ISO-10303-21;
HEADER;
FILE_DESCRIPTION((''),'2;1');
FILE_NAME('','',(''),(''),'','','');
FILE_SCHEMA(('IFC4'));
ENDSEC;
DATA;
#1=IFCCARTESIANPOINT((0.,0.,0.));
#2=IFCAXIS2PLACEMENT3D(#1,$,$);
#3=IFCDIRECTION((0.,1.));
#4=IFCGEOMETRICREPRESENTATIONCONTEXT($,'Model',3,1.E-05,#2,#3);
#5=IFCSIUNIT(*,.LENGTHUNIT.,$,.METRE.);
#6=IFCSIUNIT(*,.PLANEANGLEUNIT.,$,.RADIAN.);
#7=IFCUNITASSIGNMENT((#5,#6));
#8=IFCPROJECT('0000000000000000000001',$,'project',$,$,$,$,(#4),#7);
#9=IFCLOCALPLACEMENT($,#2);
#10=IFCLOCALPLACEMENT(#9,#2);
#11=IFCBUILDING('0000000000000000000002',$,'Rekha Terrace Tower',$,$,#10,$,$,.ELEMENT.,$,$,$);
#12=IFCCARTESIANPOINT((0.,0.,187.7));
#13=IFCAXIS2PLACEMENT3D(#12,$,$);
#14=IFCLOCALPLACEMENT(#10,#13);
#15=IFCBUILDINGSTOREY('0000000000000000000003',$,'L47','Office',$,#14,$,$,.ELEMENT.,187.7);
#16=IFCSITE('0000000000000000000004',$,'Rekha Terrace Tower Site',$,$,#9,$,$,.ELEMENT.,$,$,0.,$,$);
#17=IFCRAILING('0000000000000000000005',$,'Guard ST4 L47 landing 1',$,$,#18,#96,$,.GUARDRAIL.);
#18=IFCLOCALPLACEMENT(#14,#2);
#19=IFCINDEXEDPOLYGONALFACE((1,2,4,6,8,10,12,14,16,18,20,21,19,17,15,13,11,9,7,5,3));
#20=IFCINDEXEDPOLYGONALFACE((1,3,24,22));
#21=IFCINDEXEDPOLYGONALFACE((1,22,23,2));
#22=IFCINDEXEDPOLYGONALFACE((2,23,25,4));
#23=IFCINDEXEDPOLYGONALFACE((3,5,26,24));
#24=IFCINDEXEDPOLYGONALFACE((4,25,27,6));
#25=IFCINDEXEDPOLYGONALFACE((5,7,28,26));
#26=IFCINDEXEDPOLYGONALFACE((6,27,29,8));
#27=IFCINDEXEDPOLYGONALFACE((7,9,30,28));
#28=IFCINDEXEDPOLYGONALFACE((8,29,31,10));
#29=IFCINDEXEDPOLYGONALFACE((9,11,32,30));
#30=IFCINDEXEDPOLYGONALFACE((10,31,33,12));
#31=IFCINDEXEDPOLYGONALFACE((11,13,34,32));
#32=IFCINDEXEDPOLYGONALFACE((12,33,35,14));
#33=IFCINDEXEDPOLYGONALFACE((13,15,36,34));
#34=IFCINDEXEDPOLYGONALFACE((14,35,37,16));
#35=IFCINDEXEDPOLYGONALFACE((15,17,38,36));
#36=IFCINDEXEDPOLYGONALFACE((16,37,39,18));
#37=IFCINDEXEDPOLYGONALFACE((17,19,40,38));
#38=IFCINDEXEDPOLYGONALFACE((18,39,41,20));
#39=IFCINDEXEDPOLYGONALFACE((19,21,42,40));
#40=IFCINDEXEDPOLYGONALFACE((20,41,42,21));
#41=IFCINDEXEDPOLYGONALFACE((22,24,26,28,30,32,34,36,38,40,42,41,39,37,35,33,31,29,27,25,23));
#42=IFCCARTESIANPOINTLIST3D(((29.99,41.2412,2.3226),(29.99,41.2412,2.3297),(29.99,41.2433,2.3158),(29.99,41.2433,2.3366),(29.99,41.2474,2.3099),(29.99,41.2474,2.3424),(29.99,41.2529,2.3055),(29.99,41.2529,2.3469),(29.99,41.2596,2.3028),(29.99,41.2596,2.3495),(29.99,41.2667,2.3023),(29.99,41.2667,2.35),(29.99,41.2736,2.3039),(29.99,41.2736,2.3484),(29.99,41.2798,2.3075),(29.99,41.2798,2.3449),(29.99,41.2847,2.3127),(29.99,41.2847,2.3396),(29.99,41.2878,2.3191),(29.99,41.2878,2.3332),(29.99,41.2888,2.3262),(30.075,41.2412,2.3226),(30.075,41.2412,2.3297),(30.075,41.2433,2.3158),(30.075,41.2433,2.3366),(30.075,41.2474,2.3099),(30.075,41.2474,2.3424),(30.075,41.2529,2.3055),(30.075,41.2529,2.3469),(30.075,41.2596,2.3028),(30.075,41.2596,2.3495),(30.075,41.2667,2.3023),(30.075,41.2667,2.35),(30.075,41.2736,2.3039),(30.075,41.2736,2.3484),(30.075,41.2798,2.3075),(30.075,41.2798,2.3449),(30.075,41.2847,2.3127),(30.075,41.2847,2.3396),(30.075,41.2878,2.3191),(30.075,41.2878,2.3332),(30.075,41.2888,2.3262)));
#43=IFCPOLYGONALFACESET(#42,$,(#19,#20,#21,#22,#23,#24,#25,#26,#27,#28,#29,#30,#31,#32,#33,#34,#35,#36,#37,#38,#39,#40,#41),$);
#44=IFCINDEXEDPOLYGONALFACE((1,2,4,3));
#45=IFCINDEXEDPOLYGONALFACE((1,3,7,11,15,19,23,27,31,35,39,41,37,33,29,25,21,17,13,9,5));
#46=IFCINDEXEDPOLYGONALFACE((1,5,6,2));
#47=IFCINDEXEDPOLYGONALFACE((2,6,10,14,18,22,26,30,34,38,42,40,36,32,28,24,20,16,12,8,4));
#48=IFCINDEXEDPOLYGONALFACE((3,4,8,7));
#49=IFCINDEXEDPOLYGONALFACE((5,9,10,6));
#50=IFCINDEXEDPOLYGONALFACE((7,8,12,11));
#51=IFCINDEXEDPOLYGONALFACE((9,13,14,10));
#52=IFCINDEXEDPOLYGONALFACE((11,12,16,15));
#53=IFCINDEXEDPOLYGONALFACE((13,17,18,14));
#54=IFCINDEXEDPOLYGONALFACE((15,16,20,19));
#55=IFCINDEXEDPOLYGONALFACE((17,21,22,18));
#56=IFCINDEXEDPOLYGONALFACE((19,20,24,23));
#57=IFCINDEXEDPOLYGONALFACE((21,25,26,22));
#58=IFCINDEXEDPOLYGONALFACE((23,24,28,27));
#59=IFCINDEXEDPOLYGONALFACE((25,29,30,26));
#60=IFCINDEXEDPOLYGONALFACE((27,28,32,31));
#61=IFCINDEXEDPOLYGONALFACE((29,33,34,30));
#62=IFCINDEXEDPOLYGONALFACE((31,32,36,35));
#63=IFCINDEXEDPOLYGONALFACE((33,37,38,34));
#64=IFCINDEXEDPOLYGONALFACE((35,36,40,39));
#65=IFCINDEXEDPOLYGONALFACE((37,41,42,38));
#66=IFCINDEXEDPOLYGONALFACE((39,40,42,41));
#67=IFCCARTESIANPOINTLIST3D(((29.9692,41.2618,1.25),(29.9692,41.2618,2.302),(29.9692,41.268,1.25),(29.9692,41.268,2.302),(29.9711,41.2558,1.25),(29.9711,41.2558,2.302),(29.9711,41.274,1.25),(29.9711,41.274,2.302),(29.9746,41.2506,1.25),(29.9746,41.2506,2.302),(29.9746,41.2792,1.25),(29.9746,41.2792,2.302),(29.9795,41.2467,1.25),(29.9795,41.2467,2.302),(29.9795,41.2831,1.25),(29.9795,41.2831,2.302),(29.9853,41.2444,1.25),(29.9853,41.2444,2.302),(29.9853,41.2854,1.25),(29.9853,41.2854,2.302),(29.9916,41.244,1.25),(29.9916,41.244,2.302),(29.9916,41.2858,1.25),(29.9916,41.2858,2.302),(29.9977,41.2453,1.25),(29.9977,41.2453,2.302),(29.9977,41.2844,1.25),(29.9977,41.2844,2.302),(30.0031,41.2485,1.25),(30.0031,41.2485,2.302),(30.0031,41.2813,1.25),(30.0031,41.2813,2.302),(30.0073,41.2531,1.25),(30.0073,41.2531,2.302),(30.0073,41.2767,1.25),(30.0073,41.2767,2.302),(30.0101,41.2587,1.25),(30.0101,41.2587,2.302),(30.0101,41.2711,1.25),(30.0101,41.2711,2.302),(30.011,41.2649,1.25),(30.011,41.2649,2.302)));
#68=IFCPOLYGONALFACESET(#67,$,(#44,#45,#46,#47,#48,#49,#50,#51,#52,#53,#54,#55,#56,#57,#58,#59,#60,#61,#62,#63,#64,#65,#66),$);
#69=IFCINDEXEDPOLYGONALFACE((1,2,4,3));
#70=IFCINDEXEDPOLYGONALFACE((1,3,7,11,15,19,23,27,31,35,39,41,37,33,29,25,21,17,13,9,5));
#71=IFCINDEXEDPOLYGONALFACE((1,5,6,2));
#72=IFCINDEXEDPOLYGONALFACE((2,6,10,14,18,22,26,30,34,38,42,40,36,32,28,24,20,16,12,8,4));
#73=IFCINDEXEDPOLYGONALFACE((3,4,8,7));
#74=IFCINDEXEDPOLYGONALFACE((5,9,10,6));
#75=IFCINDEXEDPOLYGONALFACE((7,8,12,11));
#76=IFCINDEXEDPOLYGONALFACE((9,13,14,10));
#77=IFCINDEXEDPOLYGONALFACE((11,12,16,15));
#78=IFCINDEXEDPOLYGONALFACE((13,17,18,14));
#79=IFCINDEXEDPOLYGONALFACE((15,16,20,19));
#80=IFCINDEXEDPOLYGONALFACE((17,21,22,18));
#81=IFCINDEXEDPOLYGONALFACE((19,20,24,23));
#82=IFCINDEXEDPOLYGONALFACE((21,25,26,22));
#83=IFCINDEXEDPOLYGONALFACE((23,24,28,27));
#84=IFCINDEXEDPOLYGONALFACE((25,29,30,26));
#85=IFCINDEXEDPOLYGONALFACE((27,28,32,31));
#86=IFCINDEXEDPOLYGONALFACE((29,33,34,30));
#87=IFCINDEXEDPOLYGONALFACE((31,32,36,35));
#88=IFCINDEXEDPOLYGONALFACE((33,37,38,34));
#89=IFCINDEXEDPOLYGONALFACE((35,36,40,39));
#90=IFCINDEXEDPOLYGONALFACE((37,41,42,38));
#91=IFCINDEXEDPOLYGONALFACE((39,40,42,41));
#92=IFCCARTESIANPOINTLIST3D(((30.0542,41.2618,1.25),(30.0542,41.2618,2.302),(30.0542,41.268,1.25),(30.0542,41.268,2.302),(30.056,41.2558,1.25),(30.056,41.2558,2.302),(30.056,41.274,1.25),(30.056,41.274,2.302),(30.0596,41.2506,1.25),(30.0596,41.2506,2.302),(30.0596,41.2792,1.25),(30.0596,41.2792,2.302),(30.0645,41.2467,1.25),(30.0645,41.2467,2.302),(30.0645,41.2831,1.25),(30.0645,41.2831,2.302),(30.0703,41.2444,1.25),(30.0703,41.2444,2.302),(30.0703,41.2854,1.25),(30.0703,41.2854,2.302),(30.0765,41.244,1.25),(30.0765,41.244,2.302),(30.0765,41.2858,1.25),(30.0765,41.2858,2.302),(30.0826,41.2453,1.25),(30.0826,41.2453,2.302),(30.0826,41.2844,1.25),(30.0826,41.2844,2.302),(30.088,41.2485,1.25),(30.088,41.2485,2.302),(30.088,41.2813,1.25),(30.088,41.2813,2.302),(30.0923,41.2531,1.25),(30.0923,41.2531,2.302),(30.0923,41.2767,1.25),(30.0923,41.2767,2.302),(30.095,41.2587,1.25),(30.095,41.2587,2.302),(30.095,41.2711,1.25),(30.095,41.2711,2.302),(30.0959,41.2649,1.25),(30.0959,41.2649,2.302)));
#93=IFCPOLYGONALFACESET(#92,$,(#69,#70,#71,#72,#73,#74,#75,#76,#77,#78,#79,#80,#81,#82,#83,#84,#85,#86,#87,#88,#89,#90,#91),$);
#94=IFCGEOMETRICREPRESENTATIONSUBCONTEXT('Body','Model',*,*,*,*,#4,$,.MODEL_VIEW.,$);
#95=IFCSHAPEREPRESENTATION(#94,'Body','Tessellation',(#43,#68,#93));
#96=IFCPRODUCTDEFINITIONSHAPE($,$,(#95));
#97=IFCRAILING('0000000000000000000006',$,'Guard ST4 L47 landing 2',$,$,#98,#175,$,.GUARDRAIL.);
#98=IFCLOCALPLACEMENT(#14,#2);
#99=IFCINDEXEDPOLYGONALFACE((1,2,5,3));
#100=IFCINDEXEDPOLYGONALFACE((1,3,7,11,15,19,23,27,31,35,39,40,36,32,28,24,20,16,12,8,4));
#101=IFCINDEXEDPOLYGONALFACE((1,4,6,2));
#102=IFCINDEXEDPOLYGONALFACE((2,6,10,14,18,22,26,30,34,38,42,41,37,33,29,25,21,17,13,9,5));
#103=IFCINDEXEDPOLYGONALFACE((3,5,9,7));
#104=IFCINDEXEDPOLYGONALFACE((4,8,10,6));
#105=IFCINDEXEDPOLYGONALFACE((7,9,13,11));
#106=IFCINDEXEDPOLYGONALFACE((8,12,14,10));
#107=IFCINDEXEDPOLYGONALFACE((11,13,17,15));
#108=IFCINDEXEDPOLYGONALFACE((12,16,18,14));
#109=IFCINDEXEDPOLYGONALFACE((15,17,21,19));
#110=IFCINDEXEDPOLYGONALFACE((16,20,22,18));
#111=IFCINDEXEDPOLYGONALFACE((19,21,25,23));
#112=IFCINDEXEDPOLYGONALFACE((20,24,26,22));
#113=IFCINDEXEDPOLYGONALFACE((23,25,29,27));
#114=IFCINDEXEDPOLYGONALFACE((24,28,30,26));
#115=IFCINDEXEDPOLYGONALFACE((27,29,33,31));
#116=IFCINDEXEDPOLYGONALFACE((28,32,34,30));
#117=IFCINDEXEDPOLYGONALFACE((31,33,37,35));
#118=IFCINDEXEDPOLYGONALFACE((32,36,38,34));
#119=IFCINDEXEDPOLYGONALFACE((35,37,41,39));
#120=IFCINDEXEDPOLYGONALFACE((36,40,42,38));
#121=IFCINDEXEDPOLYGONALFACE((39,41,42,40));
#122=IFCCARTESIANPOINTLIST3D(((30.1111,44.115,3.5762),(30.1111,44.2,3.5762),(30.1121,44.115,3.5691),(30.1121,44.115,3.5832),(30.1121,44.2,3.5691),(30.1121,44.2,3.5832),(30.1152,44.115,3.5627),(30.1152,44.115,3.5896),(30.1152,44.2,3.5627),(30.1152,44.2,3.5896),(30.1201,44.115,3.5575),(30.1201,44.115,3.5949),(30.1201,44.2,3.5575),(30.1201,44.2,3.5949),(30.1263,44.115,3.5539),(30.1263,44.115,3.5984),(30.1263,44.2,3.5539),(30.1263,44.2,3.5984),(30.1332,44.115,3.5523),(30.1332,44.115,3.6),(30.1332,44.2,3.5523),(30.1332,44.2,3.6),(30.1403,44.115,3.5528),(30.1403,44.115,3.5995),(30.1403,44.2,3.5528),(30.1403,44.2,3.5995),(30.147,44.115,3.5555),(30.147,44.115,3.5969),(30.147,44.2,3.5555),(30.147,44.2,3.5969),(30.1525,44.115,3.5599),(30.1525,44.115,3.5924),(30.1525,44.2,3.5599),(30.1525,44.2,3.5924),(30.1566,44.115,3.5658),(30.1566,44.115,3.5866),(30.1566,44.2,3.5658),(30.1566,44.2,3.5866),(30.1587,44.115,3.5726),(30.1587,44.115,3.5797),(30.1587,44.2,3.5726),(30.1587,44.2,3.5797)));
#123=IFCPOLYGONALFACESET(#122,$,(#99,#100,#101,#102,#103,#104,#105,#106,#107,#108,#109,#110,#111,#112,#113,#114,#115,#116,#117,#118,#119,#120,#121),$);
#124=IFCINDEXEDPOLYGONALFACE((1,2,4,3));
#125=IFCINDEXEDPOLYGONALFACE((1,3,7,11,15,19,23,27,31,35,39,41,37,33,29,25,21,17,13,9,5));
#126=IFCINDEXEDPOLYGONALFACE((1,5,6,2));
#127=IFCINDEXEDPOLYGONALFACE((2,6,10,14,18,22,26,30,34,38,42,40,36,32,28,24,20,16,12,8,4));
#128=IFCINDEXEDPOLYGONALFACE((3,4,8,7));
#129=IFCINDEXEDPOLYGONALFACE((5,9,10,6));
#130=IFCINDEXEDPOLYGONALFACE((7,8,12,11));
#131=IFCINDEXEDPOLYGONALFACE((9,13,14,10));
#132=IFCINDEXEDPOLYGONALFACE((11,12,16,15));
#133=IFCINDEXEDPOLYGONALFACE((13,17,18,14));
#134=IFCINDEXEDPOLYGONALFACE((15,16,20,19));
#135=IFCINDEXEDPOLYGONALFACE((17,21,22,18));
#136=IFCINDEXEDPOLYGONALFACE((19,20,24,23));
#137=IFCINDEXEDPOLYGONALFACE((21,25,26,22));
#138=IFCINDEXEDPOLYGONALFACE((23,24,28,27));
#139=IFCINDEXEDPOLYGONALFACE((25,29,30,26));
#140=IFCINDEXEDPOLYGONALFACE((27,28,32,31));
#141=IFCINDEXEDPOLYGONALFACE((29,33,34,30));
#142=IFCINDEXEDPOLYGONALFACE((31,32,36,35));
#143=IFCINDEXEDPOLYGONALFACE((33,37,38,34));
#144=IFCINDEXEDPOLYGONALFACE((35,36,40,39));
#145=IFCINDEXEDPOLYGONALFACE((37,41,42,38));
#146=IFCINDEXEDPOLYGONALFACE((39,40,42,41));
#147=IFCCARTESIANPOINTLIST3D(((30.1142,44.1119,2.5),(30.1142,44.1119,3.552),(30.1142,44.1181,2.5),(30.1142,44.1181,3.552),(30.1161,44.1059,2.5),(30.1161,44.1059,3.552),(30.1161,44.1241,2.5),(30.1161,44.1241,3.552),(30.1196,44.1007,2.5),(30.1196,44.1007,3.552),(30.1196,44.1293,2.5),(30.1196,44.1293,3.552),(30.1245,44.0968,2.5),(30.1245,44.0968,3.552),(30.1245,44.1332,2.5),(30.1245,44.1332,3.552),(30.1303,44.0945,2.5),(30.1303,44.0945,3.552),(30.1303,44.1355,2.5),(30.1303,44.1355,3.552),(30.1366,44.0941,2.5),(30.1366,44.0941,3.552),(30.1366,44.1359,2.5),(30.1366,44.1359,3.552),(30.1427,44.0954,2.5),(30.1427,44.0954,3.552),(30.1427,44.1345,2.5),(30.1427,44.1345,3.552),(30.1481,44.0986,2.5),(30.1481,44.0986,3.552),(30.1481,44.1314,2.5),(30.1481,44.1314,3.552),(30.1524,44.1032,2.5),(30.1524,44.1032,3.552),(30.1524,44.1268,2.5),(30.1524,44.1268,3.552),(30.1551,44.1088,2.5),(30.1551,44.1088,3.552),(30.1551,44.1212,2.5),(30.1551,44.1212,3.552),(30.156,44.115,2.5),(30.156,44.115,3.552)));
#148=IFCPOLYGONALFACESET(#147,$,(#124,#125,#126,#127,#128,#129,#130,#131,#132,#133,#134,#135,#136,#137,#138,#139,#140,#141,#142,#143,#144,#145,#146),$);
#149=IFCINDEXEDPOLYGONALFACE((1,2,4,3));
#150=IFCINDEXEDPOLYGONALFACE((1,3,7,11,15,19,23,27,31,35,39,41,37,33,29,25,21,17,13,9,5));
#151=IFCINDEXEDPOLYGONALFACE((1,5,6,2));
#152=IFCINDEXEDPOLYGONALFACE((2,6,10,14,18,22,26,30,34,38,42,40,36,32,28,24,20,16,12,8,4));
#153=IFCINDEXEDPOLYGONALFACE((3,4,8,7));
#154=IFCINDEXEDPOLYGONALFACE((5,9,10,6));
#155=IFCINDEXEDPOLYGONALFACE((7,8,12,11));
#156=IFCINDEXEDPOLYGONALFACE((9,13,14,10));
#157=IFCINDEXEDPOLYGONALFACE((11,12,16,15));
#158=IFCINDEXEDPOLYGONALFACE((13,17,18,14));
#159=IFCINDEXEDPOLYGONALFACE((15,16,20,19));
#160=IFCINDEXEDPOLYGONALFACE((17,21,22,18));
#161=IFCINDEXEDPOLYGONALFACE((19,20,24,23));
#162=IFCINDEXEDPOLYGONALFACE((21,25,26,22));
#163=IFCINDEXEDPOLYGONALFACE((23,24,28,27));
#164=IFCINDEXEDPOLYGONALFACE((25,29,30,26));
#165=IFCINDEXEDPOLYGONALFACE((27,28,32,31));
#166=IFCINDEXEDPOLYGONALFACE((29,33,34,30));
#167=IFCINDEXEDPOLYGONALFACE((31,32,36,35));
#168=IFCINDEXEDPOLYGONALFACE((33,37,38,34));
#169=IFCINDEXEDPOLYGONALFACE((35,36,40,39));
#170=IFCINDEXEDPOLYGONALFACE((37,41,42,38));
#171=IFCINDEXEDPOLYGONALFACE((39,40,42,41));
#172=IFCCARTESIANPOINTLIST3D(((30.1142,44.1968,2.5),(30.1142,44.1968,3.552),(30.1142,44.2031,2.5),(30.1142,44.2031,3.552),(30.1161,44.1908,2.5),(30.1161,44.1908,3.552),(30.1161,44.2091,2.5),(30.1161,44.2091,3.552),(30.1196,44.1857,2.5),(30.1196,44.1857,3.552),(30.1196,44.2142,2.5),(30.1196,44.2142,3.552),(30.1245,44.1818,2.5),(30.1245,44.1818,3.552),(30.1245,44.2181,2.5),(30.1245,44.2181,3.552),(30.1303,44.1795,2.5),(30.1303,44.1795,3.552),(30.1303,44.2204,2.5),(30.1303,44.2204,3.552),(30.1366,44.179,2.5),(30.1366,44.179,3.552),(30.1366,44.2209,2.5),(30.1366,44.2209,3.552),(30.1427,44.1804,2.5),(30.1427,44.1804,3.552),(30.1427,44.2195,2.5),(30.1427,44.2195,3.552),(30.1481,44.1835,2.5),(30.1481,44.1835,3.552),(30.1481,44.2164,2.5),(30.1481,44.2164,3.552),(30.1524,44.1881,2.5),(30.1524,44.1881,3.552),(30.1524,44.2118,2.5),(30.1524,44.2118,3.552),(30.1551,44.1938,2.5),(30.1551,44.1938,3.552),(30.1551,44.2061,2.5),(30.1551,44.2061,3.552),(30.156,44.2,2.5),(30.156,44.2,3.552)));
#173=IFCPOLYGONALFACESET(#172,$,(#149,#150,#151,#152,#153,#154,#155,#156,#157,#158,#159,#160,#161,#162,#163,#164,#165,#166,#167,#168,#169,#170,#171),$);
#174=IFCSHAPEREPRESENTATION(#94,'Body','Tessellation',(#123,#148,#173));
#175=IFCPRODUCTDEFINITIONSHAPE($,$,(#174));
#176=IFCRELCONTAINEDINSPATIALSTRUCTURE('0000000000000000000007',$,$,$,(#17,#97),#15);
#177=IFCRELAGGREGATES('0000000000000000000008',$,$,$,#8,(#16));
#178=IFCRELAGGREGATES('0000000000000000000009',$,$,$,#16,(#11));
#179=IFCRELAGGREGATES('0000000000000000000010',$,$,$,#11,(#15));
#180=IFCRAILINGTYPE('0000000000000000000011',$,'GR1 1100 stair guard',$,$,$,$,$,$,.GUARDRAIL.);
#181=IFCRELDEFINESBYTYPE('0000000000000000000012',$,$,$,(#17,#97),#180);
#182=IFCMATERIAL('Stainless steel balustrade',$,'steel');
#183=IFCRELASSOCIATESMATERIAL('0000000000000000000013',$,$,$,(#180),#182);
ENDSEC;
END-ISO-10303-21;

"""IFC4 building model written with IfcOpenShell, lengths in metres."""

from ifc_helpers import new_model, si_unit, direction, frame, origin, origin_2d, place, context, subcontext, project, spatial, circle, extrude, material, type_object, element, save


model = new_model("IFC4")

# Units and contexts
model_context = context("Model", 3, precision=1e-05, world=origin(), true_north=direction((0.0, 1.0)))
body_context = subcontext(model_context, "Body", "Model", "MODEL_VIEW")
ifc_project = project(units=[si_unit("LENGTHUNIT", "METRE"), si_unit("PLANEANGLEUNIT", "RADIAN")], contexts=[model_context])

# Site, building, storey
site_placement = place(None, origin())
site = spatial("IfcSite", under=ifc_project, at=site_placement, Name="Rekha Terrace Tower Site", CompositionType="ELEMENT", RefElevation=0.0)
building_placement = place(site_placement, origin())
building = spatial("IfcBuilding", under=site, at=building_placement, Name="Rekha Terrace Tower", CompositionType="ELEMENT")
storey_placement = place(building_placement, frame((0.0, 0.0, 187.7)))
storey = spatial("IfcBuildingStorey", under=building, at=storey_placement, Name="L47", Description="Office", CompositionType="ELEMENT", Elevation=187.7)

# Railings
ifc_material_1 = material(Name="Stainless steel balustrade", Category="steel")
railing_type_1 = type_object("IfcRailingType", Name="GR1 1100 stair guard", PredefinedType="GUARDRAIL", material=ifc_material_1)
railing_1_placement = place(storey_placement, frame((29.99, 41.2649, 1.25)))
element("IfcRailing", 1, at=railing_1_placement, inside=storey, type_object=railing_type_1, Name="Guard ST4 L47 landing 1", PredefinedType="GUARDRAIL", context=body_context, shape_type="SweptSolid", body=[
    extrude(circle(Radius=0.0239, at=origin_2d()), frame((0.0, 0.0, 1.0762), z_axis=(1.0, 0.0, 0.0), x_axis=(0.0, 1.0, 0.0)), (0.0, 0.0, 1.0), 0.085),
    extrude(circle(Radius=0.021, at=origin_2d()), origin(), (0.0, 0.0, 1.0), 1.052),
    extrude(circle(Radius=0.021, at=origin_2d()), frame((0.085, 0.0, 0.0)), (0.0, 0.0, 1.0), 1.052),
])
railing_2_placement = place(storey_placement, frame((30.135, 44.115, 2.5)))
element("IfcRailing", 2, at=railing_2_placement, inside=storey, type_object=railing_type_1, Name="Guard ST4 L47 landing 2", PredefinedType="GUARDRAIL", context=body_context, shape_type="SweptSolid", body=[
    extrude(circle(Radius=0.0239, at=origin_2d()), frame((0.0, 0.0, 1.0762), z_axis=(0.0, 1.0, 0.0), x_axis=(-1.0, 0.0, 0.0)), (0.0, 0.0, 1.0), 0.085),
    extrude(circle(Radius=0.021, at=origin_2d()), origin(), (0.0, 0.0, 1.0), 1.052),
    extrude(circle(Radius=0.021, at=origin_2d()), frame((0.0, 0.085, 0.0)), (0.0, 0.0, 1.0), 1.052),
])

save(model, "model.ifc")
